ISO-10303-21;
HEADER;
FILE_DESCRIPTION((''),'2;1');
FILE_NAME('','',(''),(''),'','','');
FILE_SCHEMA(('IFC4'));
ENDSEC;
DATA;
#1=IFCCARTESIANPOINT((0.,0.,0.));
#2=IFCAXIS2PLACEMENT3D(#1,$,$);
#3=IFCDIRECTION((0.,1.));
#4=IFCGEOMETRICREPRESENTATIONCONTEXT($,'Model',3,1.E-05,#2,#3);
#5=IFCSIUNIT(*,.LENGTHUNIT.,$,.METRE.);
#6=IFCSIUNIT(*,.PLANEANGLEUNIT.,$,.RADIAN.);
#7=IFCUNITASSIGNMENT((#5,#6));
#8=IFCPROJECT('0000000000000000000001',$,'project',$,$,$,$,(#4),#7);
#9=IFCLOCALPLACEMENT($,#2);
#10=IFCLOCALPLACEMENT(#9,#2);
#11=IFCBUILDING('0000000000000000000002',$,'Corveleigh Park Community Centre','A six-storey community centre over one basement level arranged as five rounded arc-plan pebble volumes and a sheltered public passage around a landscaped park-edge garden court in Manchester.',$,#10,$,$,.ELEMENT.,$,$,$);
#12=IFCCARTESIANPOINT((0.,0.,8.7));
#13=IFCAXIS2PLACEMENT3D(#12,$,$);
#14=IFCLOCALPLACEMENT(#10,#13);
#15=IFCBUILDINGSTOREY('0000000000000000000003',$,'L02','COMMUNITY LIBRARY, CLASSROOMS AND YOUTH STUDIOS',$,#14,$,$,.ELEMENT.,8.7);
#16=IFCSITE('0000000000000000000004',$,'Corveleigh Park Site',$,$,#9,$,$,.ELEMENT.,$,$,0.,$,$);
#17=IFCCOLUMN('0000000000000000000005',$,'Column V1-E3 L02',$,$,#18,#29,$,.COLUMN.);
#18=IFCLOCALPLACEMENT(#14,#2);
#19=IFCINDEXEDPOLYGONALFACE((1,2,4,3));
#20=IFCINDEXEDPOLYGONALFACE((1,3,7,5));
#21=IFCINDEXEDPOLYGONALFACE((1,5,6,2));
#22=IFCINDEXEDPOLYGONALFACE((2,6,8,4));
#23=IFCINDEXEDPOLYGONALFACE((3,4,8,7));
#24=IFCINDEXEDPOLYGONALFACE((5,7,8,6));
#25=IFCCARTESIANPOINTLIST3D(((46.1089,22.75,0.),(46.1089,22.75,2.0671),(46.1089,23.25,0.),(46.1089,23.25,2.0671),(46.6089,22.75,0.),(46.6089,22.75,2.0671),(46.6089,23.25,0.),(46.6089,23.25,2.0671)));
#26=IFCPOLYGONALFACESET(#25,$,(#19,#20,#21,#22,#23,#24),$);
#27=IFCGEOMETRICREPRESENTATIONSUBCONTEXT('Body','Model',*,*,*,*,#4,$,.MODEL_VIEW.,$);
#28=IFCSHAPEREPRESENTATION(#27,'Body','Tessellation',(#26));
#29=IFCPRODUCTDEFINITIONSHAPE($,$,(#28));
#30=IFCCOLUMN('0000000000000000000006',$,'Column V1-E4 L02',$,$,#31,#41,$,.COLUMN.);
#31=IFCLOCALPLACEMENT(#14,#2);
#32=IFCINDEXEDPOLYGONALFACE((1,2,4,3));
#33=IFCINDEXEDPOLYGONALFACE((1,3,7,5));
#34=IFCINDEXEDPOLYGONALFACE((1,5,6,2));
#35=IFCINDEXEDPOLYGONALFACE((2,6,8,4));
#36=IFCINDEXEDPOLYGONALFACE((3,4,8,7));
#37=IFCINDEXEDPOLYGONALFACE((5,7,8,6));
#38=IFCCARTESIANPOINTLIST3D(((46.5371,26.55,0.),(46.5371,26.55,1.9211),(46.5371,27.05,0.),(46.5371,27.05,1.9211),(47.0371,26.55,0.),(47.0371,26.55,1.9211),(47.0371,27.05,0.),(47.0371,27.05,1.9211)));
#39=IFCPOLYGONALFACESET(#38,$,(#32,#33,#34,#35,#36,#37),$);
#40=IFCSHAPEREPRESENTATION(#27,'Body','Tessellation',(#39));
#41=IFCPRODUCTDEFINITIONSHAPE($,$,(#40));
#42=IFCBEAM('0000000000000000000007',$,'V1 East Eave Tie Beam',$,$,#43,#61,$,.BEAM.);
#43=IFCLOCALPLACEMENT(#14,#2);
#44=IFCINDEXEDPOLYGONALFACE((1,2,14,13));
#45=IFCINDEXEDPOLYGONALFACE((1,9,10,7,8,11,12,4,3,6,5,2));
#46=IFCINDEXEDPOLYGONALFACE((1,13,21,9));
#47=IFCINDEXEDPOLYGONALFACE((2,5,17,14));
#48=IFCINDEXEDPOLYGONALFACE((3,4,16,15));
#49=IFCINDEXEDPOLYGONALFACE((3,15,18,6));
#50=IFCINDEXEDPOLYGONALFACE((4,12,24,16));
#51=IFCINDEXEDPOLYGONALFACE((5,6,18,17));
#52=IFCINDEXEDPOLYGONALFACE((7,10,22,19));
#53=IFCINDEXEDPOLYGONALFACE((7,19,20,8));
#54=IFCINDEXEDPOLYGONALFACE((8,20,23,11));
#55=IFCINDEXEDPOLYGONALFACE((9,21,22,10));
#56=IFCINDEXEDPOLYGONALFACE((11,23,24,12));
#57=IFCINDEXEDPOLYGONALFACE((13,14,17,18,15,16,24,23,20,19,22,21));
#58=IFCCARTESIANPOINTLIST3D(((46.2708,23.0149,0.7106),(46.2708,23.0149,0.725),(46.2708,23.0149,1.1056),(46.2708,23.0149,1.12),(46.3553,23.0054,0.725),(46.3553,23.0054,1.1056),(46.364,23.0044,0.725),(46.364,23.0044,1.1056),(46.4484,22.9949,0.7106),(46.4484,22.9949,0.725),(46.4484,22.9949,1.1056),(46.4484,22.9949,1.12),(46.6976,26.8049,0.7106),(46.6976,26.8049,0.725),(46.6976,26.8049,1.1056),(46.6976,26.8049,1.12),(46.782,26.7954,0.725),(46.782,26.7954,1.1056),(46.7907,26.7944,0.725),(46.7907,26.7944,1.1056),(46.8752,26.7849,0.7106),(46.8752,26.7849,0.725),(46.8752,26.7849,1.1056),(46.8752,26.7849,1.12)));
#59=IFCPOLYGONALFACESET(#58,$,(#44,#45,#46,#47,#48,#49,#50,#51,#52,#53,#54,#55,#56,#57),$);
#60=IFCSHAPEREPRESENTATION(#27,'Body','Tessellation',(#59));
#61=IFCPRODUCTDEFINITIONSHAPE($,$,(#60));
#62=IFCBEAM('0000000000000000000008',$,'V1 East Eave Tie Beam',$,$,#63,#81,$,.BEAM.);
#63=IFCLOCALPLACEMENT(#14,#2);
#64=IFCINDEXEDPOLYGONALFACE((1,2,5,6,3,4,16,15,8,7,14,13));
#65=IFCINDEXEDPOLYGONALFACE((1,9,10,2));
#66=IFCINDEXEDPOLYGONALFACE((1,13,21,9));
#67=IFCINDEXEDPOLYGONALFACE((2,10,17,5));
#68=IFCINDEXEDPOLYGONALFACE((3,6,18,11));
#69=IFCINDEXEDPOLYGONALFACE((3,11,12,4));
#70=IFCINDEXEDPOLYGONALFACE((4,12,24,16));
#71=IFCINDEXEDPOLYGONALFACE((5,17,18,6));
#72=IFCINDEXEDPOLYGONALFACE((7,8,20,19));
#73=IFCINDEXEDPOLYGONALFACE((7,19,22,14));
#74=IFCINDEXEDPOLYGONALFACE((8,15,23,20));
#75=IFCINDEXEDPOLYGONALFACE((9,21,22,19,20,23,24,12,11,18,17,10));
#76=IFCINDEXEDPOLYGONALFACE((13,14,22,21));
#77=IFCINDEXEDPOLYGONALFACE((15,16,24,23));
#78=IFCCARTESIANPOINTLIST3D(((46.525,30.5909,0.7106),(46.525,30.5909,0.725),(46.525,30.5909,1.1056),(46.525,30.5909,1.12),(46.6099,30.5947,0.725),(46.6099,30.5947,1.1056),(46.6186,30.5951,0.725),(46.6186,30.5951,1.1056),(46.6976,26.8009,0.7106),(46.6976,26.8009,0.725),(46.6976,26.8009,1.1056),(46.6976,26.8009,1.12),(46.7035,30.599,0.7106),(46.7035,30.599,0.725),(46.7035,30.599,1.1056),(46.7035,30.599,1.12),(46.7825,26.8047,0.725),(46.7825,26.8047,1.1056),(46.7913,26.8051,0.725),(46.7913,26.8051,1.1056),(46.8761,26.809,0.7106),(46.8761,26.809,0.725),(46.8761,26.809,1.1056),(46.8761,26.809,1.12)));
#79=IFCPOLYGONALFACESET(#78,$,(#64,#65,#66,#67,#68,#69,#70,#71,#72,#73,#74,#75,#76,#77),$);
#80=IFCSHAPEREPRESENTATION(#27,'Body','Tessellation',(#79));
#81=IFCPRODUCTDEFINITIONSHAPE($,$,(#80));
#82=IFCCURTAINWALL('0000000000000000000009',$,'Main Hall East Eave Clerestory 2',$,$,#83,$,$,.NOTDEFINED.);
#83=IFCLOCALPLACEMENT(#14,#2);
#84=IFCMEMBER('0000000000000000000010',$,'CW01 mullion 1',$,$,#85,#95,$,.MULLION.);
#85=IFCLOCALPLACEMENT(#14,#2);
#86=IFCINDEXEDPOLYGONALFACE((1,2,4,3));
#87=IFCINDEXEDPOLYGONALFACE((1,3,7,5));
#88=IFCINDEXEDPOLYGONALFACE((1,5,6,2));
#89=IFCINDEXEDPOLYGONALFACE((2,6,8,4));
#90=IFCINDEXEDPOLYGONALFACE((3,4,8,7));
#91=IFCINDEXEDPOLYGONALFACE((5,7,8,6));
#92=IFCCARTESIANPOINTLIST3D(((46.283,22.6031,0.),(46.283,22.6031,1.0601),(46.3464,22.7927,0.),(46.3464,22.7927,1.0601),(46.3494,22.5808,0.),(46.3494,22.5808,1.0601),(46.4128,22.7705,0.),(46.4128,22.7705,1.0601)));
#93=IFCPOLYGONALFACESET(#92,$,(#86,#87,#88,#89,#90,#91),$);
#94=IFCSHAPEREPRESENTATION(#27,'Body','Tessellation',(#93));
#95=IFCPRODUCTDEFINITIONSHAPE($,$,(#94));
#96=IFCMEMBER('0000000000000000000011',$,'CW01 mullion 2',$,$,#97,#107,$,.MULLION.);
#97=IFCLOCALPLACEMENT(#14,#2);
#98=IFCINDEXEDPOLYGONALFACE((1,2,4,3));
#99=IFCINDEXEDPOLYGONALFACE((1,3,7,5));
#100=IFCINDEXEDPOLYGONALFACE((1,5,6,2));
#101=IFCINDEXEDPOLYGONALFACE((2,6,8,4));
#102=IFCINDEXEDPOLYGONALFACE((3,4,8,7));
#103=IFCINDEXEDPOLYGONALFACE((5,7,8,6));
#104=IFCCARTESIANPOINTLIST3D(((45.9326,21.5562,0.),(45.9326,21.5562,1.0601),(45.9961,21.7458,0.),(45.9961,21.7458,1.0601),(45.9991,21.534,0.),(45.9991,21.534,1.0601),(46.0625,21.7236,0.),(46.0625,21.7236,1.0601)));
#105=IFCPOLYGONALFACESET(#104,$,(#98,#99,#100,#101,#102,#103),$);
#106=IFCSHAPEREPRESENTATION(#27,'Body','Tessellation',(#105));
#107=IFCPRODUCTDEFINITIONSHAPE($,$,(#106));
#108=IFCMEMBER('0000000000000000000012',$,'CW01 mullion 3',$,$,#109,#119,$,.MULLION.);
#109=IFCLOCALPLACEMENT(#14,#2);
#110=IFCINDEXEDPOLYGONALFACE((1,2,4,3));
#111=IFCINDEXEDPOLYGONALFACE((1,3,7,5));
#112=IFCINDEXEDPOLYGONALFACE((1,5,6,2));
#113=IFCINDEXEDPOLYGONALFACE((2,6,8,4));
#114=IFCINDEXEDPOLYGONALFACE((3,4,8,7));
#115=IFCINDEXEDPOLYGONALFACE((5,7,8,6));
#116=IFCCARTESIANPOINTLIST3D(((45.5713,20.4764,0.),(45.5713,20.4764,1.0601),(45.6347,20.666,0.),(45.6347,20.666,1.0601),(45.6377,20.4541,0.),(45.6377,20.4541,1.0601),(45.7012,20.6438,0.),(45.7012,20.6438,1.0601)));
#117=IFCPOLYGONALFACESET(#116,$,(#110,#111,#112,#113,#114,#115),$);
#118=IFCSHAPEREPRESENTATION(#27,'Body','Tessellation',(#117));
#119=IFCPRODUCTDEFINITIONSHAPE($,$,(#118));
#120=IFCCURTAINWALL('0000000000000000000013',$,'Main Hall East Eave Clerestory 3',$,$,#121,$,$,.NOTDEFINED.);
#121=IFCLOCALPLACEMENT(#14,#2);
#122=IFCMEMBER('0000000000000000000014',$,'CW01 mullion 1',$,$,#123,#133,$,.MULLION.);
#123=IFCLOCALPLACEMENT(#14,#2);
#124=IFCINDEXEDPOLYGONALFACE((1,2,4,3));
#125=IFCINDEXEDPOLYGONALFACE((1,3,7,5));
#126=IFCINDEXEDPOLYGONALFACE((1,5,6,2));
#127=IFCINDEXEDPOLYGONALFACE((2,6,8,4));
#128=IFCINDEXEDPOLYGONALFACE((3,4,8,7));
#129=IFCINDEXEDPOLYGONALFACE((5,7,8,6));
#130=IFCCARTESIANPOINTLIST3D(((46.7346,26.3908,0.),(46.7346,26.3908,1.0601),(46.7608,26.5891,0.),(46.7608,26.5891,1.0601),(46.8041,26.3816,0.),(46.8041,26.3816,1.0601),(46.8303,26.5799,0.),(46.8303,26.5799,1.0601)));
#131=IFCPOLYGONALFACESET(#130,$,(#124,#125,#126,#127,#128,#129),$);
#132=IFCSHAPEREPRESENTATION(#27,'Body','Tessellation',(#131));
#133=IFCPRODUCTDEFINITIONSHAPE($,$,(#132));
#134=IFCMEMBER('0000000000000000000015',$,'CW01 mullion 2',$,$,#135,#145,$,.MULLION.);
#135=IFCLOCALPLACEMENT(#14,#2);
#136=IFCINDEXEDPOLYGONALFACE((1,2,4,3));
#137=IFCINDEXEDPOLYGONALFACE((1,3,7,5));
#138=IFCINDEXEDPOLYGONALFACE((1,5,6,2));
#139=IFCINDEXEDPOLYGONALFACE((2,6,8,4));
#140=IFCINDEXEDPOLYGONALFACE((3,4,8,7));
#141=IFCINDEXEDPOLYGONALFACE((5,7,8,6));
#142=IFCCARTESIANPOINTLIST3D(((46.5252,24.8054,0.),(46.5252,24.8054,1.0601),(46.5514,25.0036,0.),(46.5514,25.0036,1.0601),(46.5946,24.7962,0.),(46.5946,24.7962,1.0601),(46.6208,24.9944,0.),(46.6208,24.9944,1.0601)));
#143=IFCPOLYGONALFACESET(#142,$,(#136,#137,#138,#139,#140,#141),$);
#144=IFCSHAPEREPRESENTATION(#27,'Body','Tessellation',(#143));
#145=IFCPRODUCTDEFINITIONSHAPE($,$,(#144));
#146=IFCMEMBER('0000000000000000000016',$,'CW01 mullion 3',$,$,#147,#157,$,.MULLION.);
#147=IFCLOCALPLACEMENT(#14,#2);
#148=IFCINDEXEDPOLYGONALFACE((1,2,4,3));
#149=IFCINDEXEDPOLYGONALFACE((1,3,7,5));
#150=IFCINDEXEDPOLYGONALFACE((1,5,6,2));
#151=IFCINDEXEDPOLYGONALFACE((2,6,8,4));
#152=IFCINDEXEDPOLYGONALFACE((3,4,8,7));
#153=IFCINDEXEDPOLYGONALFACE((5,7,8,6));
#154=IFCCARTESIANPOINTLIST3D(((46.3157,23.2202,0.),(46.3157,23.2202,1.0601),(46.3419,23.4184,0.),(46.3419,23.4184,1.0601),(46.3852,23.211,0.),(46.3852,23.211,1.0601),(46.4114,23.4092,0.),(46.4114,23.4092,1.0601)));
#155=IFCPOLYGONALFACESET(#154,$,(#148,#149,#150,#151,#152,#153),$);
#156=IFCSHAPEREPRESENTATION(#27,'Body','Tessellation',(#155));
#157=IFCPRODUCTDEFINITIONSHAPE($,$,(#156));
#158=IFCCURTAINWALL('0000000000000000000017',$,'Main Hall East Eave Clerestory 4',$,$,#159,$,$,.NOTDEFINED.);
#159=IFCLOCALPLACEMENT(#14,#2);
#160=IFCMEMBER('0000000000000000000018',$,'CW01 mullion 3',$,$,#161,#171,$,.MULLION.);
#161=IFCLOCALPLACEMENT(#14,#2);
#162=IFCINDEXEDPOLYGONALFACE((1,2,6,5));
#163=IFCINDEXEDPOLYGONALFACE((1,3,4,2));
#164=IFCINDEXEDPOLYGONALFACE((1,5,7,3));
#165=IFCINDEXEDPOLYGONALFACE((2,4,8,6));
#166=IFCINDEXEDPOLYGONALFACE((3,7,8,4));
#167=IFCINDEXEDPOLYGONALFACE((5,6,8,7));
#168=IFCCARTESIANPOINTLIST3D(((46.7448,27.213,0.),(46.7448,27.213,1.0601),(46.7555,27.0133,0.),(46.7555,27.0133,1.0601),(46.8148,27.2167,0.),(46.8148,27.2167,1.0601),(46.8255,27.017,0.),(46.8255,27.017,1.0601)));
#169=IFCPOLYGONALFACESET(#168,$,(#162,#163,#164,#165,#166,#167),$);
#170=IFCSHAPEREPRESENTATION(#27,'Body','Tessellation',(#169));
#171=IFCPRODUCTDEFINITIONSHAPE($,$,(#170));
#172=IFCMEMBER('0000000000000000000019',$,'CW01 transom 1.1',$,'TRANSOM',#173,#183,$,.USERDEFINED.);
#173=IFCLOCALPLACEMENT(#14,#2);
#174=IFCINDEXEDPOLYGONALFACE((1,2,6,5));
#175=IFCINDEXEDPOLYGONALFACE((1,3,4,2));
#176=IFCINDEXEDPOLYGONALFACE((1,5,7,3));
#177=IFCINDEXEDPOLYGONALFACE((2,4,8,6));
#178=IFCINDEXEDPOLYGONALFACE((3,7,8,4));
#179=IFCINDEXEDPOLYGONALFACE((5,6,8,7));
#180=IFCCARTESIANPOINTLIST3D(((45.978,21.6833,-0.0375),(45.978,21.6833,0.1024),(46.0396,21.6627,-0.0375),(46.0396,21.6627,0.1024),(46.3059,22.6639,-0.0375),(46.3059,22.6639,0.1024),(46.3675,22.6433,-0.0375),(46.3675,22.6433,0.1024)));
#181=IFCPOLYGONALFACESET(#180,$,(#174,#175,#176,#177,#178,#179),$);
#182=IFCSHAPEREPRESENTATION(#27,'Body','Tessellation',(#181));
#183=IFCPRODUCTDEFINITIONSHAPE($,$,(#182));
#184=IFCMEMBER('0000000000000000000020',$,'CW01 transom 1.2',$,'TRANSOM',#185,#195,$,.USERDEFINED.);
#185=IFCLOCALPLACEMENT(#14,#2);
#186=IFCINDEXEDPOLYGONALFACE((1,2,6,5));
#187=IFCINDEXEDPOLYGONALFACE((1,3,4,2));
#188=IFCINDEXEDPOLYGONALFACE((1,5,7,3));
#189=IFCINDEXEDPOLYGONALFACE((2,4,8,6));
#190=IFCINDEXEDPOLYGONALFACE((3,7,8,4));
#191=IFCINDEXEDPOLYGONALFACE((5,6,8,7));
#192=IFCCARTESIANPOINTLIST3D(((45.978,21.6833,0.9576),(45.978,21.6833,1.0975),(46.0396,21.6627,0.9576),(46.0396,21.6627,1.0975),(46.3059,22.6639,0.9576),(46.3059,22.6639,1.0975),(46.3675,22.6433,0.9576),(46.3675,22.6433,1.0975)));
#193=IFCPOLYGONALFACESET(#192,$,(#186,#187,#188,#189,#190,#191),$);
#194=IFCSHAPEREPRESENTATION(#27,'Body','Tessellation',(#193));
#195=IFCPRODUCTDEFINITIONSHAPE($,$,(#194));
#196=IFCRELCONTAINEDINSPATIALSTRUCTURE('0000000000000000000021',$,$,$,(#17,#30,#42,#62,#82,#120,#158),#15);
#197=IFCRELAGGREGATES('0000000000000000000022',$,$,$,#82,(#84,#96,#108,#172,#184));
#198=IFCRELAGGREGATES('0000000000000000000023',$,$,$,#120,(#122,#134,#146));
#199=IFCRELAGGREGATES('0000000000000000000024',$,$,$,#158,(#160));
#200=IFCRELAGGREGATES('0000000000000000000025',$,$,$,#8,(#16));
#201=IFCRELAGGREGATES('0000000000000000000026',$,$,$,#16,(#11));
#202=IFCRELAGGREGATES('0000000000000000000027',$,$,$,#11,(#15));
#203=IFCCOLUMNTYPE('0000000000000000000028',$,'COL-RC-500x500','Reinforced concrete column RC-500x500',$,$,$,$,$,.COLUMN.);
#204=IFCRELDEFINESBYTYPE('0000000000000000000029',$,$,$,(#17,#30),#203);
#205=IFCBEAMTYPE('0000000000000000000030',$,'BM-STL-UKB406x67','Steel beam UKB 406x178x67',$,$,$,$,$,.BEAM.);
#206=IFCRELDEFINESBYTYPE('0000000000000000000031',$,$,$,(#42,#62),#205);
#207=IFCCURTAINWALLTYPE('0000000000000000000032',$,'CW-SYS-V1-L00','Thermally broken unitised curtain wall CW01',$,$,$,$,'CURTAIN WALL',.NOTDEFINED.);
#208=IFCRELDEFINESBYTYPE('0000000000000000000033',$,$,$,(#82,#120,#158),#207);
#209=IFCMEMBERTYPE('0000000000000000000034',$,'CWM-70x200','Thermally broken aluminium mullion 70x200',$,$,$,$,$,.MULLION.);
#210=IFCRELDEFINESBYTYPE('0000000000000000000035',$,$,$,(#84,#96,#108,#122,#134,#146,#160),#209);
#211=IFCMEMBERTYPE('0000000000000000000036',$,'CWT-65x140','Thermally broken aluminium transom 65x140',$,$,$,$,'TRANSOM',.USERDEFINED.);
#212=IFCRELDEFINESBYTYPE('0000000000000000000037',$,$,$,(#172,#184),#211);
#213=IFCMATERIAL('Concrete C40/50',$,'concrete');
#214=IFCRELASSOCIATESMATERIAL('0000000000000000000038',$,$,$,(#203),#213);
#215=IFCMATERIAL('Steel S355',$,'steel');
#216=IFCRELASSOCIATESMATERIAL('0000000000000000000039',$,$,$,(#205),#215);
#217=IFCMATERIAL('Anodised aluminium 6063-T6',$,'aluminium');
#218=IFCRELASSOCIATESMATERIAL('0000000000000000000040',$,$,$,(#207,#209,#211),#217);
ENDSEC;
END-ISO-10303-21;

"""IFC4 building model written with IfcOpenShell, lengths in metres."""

from ifc_helpers import new_model, si_unit, direction, frame, origin, origin_2d, place, context, subcontext, project, spatial, rectangle, i_section, extrude, material, material_profile, profile_set, type_object, element, aggregate, save


model = new_model("IFC4")

# Units and contexts
model_context = context("Model", 3, precision=1e-05, world=origin(), true_north=direction((0.0, 1.0)))
body_context = subcontext(model_context, "Body", "Model", "MODEL_VIEW")
ifc_project = project(units=[si_unit("LENGTHUNIT", "METRE"), si_unit("PLANEANGLEUNIT", "RADIAN")], contexts=[model_context])

# Site, building, storey
site_placement = place(None, origin())
site = spatial("IfcSite", under=ifc_project, at=site_placement, Name="Corveleigh Park Site", CompositionType="ELEMENT", RefElevation=0.0)
building_placement = place(site_placement, origin())
building = spatial("IfcBuilding", under=site, at=building_placement, Name="Corveleigh Park Community Centre", Description="A six-storey community centre over one basement level arranged as five rounded arc-plan pebble volumes and a sheltered public passage around a landscaped park-edge garden court in Manchester.", CompositionType="ELEMENT")
storey_placement = place(building_placement, frame((0.0, 0.0, 8.7)))
storey = spatial("IfcBuildingStorey", under=building, at=storey_placement, Name="L02", Description="COMMUNITY LIBRARY, CLASSROOMS AND YOUTH STUDIOS", CompositionType="ELEMENT", Elevation=8.7)

# Columns
ifc_material_1 = material(Name="Concrete C40/50", Category="concrete")
ifc_material_profile_1 = material_profile(ifc_material_1, rectangle(XDim=0.5, YDim=0.5, at=origin_2d()), Name="RC-500x500", Category="concrete")
ifc_profile_set_1 = profile_set([ifc_material_profile_1], Name="Concrete C40/50")
column_type = type_object("IfcColumnType", Name="COL-RC-500x500", Description="Reinforced concrete column RC-500x500", PredefinedType="COLUMN", material=ifc_profile_set_1)
column_1_placement = place(storey_placement, frame((46.3589, 23.0, 0.0), z_axis=(0.0, 0.0, 1.0), x_axis=(1.0, 0.0, 0.0)))
element("IfcColumn", 1, at=column_1_placement, inside=storey, type_object=column_type, Name="Column V1-E3 L02", PredefinedType="COLUMN", context=body_context, shape_type="SweptSolid", body=[
    extrude(rectangle(XDim=0.5, YDim=0.5, at=origin_2d()), origin(), (0.0, 0.0, 1.0), 2.0671),
])
column_2_placement = place(storey_placement, frame((46.7871, 26.8, 0.0), z_axis=(0.0, 0.0, 1.0), x_axis=(1.0, 0.0, 0.0)))
element("IfcColumn", 2, at=column_2_placement, inside=storey, type_object=column_type, Name="Column V1-E4 L02", PredefinedType="COLUMN", context=body_context, shape_type="SweptSolid", body=[
    extrude(rectangle(XDim=0.5, YDim=0.5, at=origin_2d()), origin(), (0.0, 0.0, 1.0), 1.9211),
])

# Beams
ifc_material_2 = material(Name="Steel S355", Category="steel")
ifc_material_profile_2 = material_profile(ifc_material_2, i_section(OverallWidth=0.1787, OverallDepth=0.4094, WebThickness=0.0088, FlangeThickness=0.0144, at=origin_2d()), Name="UKB 406x178x67", Category="steel")
ifc_profile_set_2 = profile_set([ifc_material_profile_2], Name="Steel S355")
beam_type = type_object("IfcBeamType", Name="BM-STL-UKB406x67", Description="Steel beam UKB 406x178x67", PredefinedType="BEAM", material=ifc_profile_set_2)
beam_1_placement = place(storey_placement, frame((46.3596, 23.0049, 0.9153), z_axis=(0.111893, 0.99372, 0.0), x_axis=(-0.99372, 0.111893, 0.0)))
element("IfcBeam", 3, at=beam_1_placement, inside=storey, type_object=beam_type, Name="V1 East Eave Tie Beam", PredefinedType="BEAM", context=body_context, shape_type="SweptSolid", body=[
    extrude(i_section(OverallWidth=0.1787, OverallDepth=0.4094, WebThickness=0.0088, FlangeThickness=0.0144, at=origin_2d()), origin(), (0.0, 0.0, 1.0), 3.814),
])
beam_2_placement = place(storey_placement, frame((46.7869, 26.8049, 0.9153), z_axis=(-0.045495, 0.998965, 0.0), x_axis=(-0.998965, -0.045495, 0.0)))
element("IfcBeam", 4, at=beam_2_placement, inside=storey, type_object=beam_type, Name="V1 East Eave Tie Beam", PredefinedType="BEAM", context=body_context, shape_type="SweptSolid", body=[
    extrude(i_section(OverallWidth=0.1787, OverallDepth=0.4094, WebThickness=0.0088, FlangeThickness=0.0144, at=origin_2d()), origin(), (0.0, 0.0, 1.0), 3.7939),
])

# Curtain walls, members
ifc_material_3 = material(Name="Anodised aluminium 6063-T6", Category="aluminium")
curtain_wall_type = type_object("IfcCurtainWallType", Name="CW-SYS-V1-L00", Description="Thermally broken unitised curtain wall CW01", ElementType="CURTAIN WALL", PredefinedType="NOTDEFINED", material=ifc_material_3)
curtain_wall_1_placement = place(storey_placement, origin())
curtain_wall_1 = element("IfcCurtainWall", 5, at=curtain_wall_1_placement, inside=storey, type_object=curtain_wall_type, Name="Main Hall East Eave Clerestory 2", PredefinedType="NOTDEFINED")
ifc_material_profile_3 = material_profile(ifc_material_3, rectangle(XDim=0.0701, YDim=0.2, at=origin_2d()), Name="ALU-M70x200", Category="aluminium")
ifc_profile_set_3 = profile_set([ifc_material_profile_3], Name="Anodised aluminium 6063-T6")
member_type_1 = type_object("IfcMemberType", Name="CWM-70x200", Description="Thermally broken aluminium mullion 70x200", PredefinedType="MULLION", material=ifc_profile_set_3)
member_1_placement = place(storey_placement, frame((46.3479, 22.6868, 0.0), z_axis=(0.0, 0.0, 1.0), x_axis=(0.948331, -0.317281, 0.0)))
member_1 = element("IfcMember", 6, at=member_1_placement, type_object=member_type_1, Name="CW01 mullion 1", PredefinedType="MULLION", context=body_context, shape_type="SweptSolid", body=[
    extrude(rectangle(XDim=0.0701, YDim=0.2, at=origin_2d()), origin(), (0.0, 0.0, 1.0), 1.0601),
])
member_2_placement = place(storey_placement, frame((45.9976, 21.6399, 0.0), z_axis=(0.0, 0.0, 1.0), x_axis=(0.948331, -0.317281, 0.0)))
member_2 = element("IfcMember", 7, at=member_2_placement, type_object=member_type_1, Name="CW01 mullion 2", PredefinedType="MULLION", context=body_context, shape_type="SweptSolid", body=[
    extrude(rectangle(XDim=0.0701, YDim=0.2, at=origin_2d()), origin(), (0.0, 0.0, 1.0), 1.0601),
])
member_3_placement = place(storey_placement, frame((45.6362, 20.5601, 0.0), z_axis=(0.0, 0.0, 1.0), x_axis=(0.948331, -0.317281, 0.0)))
member_3 = element("IfcMember", 8, at=member_3_placement, type_object=member_type_1, Name="CW01 mullion 3", PredefinedType="MULLION", context=body_context, shape_type="SweptSolid", body=[
    extrude(rectangle(XDim=0.0701, YDim=0.2, at=origin_2d()), origin(), (0.0, 0.0, 1.0), 1.0601),
])
curtain_wall_2_placement = place(storey_placement, origin())
curtain_wall_2 = element("IfcCurtainWall", 9, at=curtain_wall_2_placement, inside=storey, type_object=curtain_wall_type, Name="Main Hall East Eave Clerestory 3", PredefinedType="NOTDEFINED")
member_4_placement = place(storey_placement, frame((46.7825, 26.4854, 0.0), z_axis=(0.0, 0.0, 1.0), x_axis=(0.991388, -0.130961, 0.0)))
member_4 = element("IfcMember", 10, at=member_4_placement, type_object=member_type_1, Name="CW01 mullion 1", PredefinedType="MULLION", context=body_context, shape_type="SweptSolid", body=[
    extrude(rectangle(XDim=0.0701, YDim=0.2, at=origin_2d()), origin(), (0.0, 0.0, 1.0), 1.0601),
])
member_5_placement = place(storey_placement, frame((46.573, 24.8999, 0.0), z_axis=(0.0, 0.0, 1.0), x_axis=(0.991388, -0.130961, 0.0)))
member_5 = element("IfcMember", 11, at=member_5_placement, type_object=member_type_1, Name="CW01 mullion 2", PredefinedType="MULLION", context=body_context, shape_type="SweptSolid", body=[
    extrude(rectangle(XDim=0.0701, YDim=0.2, at=origin_2d()), origin(), (0.0, 0.0, 1.0), 1.0601),
])
member_6_placement = place(storey_placement, frame((46.3635, 23.3147, 0.0), z_axis=(0.0, 0.0, 1.0), x_axis=(0.991388, -0.130961, 0.0)))
member_6 = element("IfcMember", 12, at=member_6_placement, type_object=member_type_1, Name="CW01 mullion 3", PredefinedType="MULLION", context=body_context, shape_type="SweptSolid", body=[
    extrude(rectangle(XDim=0.0701, YDim=0.2, at=origin_2d()), origin(), (0.0, 0.0, 1.0), 1.0601),
])

# Curtain wall, member
curtain_wall_3_placement = place(storey_placement, origin())
curtain_wall_3 = element("IfcCurtainWall", 13, at=curtain_wall_3_placement, inside=storey, type_object=curtain_wall_type, Name="Main Hall East Eave Clerestory 4", PredefinedType="NOTDEFINED")
member_7_placement = place(storey_placement, frame((46.7852, 27.115, 0.0), z_axis=(0.0, 0.0, 1.0), x_axis=(0.998578, 0.053319, 0.0)))
member_7 = element("IfcMember", 14, at=member_7_placement, type_object=member_type_1, Name="CW01 mullion 3", PredefinedType="MULLION", context=body_context, shape_type="SweptSolid", body=[
    extrude(rectangle(XDim=0.0701, YDim=0.2, at=origin_2d()), origin(), (0.0, 0.0, 1.0), 1.0601),
])

# Members
ifc_material_profile_4 = material_profile(ifc_material_3, rectangle(XDim=0.0649, YDim=0.1399, at=origin_2d()), Name="ALU-T65x140", Category="aluminium")
ifc_profile_set_4 = profile_set([ifc_material_profile_4], Name="Anodised aluminium 6063-T6")
member_type_2 = type_object("IfcMemberType", Name="CWT-65x140", Description="Thermally broken aluminium transom 65x140", ElementType="TRANSOM", PredefinedType="USERDEFINED", material=ifc_profile_set_4)
member_8_placement = place(storey_placement, frame((46.3367, 22.6536, 0.0325), z_axis=(-0.317149, -0.948376, 0.0), x_axis=(0.948376, -0.317149, 0.0)))
member_8 = element("IfcMember", 15, at=member_8_placement, type_object=member_type_2, Name="CW01 transom 1.1", ObjectType="TRANSOM", PredefinedType="USERDEFINED", context=body_context, shape_type="SweptSolid", body=[
    extrude(rectangle(XDim=0.0649, YDim=0.1399, at=origin_2d()), origin(), (0.0, 0.0, 1.0), 1.0339),
])
member_9_placement = place(storey_placement, frame((46.3367, 22.6536, 1.0276), z_axis=(-0.317149, -0.948376, 0.0), x_axis=(0.948376, -0.317149, 0.0)))
member_9 = element("IfcMember", 16, at=member_9_placement, type_object=member_type_2, Name="CW01 transom 1.2", ObjectType="TRANSOM", PredefinedType="USERDEFINED", context=body_context, shape_type="SweptSolid", body=[
    extrude(rectangle(XDim=0.0649, YDim=0.1399, at=origin_2d()), origin(), (0.0, 0.0, 1.0), 1.0339),
])

aggregate(curtain_wall_1, [member_1, member_2, member_3, member_8, member_9])
aggregate(curtain_wall_2, [member_4, member_5, member_6])
aggregate(curtain_wall_3, [member_7])

save(model, "model.ifc")
